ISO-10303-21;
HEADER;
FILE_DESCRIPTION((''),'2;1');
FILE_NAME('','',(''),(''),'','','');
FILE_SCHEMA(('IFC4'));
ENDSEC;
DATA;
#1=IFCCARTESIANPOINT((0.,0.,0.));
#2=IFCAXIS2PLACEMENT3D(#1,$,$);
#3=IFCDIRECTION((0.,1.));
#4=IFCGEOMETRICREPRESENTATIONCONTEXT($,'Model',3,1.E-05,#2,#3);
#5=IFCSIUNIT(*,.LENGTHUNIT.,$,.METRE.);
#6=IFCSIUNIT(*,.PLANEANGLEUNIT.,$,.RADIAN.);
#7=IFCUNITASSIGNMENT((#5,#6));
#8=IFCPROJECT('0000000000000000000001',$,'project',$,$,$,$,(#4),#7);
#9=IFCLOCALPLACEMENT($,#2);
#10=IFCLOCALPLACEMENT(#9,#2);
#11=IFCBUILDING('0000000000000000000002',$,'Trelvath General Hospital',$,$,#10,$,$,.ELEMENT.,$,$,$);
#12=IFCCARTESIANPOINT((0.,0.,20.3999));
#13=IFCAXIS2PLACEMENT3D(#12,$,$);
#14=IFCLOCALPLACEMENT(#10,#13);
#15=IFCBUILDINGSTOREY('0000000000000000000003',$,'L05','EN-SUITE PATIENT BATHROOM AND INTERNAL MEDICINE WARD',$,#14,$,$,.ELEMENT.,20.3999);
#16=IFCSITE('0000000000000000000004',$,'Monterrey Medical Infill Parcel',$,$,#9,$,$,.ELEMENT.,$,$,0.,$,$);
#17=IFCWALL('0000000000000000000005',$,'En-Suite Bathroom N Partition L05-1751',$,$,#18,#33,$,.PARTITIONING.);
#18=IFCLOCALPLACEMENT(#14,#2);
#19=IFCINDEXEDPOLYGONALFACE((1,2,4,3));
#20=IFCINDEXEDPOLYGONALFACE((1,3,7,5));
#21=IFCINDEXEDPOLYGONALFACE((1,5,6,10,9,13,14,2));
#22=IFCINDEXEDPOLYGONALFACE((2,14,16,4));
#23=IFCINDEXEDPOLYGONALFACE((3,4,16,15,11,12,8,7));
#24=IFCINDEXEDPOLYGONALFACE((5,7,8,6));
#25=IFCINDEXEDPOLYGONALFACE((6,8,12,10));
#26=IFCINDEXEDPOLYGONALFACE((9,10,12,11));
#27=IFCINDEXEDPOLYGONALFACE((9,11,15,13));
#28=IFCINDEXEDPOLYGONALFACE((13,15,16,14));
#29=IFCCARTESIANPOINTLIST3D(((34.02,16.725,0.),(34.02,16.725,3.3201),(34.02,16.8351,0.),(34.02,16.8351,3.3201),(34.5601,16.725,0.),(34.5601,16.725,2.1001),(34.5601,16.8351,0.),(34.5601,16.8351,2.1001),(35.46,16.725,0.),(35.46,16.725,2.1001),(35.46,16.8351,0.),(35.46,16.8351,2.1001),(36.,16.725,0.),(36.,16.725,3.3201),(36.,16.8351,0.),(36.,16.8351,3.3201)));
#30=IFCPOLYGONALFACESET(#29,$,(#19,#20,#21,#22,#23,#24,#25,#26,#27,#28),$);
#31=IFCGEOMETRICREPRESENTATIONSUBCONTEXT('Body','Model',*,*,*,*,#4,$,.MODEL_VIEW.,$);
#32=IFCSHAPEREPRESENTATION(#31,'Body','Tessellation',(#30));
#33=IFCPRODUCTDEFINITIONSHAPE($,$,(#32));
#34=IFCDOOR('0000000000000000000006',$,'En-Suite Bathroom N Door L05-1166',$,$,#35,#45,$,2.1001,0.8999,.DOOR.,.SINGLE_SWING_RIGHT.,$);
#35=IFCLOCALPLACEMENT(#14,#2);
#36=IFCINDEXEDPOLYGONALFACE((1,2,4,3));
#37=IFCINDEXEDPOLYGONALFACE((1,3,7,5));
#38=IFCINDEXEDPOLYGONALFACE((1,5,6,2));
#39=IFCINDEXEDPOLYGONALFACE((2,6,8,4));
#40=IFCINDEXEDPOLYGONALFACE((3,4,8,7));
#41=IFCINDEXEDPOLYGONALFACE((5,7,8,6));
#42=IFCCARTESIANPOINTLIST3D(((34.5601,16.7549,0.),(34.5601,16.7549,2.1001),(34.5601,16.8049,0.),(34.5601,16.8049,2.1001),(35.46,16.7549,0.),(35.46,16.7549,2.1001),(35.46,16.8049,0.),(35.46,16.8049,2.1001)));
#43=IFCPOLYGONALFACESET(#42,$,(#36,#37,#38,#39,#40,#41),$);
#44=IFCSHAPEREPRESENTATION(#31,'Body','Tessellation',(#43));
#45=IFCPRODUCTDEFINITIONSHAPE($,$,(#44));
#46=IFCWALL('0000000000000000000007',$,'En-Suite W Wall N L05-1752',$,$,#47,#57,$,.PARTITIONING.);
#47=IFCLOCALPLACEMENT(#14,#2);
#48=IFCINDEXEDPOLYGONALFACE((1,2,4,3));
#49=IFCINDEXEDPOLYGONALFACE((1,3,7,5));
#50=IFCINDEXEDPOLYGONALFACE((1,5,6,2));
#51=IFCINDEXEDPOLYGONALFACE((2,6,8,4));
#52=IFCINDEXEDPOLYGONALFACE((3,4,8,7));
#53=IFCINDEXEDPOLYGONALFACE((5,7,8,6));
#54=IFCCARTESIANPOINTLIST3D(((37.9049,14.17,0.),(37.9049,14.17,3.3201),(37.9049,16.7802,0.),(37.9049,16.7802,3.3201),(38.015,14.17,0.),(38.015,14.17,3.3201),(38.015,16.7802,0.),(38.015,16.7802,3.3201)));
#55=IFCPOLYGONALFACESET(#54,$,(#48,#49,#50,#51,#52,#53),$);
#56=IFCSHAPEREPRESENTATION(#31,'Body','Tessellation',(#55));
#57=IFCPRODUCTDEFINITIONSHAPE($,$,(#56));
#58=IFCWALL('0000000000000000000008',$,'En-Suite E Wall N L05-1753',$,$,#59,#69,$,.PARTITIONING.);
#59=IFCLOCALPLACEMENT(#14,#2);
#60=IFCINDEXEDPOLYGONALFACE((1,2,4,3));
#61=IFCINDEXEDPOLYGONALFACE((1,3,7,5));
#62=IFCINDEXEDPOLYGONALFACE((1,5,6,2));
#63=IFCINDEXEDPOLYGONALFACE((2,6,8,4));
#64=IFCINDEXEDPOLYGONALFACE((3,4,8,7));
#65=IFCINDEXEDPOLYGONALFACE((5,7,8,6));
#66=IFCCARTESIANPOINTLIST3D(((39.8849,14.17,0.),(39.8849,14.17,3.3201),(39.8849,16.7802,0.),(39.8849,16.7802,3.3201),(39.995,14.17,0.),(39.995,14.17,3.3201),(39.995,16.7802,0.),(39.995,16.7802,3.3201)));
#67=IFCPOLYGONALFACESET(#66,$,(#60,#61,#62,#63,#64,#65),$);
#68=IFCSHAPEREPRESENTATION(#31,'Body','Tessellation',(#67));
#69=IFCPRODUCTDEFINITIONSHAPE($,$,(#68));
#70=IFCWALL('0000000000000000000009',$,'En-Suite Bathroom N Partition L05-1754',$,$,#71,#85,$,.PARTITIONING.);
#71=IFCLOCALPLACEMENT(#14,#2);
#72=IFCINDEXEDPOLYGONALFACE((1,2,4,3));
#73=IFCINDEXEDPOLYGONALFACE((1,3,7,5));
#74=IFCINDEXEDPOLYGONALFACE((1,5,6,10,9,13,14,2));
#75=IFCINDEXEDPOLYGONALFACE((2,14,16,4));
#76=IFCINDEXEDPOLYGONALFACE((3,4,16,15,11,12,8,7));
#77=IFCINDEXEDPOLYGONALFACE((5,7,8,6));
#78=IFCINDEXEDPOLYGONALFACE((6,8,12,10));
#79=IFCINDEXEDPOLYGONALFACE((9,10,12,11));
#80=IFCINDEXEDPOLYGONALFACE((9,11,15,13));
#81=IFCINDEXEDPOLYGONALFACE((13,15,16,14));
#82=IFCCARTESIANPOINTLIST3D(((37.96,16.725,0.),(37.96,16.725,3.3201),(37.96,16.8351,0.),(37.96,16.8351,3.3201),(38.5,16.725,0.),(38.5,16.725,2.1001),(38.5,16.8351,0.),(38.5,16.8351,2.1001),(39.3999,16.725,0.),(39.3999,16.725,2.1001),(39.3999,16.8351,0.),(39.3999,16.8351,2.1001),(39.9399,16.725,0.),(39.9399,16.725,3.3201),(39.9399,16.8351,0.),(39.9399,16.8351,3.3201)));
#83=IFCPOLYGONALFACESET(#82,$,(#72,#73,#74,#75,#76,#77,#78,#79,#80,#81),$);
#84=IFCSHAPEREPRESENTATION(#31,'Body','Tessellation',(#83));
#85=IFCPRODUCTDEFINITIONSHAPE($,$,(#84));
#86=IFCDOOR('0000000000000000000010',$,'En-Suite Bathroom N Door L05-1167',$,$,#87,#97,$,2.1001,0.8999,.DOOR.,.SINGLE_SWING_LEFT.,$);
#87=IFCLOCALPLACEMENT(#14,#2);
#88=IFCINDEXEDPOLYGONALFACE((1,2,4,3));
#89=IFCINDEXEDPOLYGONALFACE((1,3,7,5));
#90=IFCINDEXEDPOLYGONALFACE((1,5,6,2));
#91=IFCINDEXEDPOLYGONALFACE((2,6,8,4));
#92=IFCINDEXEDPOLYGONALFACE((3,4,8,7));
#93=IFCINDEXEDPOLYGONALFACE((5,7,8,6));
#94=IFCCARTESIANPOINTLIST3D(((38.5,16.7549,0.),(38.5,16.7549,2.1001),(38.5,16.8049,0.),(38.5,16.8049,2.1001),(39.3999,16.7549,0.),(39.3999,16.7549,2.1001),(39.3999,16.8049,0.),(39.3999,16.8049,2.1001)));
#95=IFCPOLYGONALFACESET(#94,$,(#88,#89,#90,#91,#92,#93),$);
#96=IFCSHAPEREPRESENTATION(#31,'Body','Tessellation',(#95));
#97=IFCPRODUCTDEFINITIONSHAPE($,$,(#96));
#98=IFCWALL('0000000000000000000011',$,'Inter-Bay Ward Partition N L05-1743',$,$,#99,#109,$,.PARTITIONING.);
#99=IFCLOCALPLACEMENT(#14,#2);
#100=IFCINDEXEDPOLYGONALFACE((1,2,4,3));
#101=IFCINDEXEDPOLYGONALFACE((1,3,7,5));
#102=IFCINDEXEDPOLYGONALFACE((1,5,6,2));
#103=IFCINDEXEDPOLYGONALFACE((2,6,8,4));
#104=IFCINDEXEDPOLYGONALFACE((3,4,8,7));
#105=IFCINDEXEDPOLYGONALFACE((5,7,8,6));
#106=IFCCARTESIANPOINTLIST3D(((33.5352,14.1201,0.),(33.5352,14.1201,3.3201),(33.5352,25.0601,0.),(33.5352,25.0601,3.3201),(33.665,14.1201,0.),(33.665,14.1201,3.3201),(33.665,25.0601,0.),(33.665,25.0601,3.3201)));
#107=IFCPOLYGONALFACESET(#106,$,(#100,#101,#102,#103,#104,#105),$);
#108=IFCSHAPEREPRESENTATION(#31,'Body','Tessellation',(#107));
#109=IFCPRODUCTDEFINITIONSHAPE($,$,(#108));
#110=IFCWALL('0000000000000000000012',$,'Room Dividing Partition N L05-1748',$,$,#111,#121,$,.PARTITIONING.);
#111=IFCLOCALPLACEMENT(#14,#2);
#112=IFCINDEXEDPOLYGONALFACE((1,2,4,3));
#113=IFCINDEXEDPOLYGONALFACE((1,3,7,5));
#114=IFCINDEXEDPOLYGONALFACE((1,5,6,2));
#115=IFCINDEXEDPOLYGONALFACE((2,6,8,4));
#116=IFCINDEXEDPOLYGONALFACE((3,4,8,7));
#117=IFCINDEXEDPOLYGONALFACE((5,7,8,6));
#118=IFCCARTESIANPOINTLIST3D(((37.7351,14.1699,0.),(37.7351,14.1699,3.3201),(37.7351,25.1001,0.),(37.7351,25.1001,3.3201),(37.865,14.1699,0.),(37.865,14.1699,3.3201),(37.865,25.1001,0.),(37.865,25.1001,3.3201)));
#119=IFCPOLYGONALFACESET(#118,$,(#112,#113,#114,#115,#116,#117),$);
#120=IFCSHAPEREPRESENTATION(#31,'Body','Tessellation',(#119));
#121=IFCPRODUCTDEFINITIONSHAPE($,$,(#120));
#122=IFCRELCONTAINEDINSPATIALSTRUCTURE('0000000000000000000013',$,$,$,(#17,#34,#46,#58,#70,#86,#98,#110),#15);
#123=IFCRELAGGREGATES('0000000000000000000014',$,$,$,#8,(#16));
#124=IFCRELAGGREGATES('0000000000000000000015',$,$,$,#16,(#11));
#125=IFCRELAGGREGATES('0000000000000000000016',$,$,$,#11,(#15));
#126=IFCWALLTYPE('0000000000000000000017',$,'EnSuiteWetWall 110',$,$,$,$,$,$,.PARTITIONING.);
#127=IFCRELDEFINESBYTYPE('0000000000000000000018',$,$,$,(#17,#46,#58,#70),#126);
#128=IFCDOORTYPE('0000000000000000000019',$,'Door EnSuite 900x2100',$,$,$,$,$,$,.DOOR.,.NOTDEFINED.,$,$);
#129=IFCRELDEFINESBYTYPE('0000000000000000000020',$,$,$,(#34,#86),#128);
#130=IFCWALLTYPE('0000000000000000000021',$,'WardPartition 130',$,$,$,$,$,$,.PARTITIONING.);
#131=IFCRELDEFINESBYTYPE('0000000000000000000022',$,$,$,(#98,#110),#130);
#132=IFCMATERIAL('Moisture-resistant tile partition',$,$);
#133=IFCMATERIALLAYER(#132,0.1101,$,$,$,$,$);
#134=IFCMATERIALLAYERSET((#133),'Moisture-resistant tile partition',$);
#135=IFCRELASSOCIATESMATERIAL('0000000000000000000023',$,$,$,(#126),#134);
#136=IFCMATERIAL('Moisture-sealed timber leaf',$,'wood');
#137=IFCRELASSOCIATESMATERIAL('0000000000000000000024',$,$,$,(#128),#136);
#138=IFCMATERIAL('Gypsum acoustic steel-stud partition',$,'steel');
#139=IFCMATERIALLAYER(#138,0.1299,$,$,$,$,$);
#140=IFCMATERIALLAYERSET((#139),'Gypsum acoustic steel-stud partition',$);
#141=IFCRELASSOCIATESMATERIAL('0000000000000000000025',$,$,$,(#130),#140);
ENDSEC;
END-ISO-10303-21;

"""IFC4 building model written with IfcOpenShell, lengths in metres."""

from ifc_helpers import new_model, si_unit, direction, frame, frame_2d, origin, place, context, subcontext, project, spatial, rectangle, extrude, material, layer, layer_set, type_object, element, fill, save


model = new_model("IFC4")

# Units and contexts
model_context = context("Model", 3, precision=1e-05, world=origin(), true_north=direction((0.0, 1.0)))
body_context = subcontext(model_context, "Body", "Model", "MODEL_VIEW")
ifc_project = project(units=[si_unit("LENGTHUNIT", "METRE"), si_unit("PLANEANGLEUNIT", "RADIAN")], contexts=[model_context])

# Site, building, storey
site_placement = place(None, origin())
site = spatial("IfcSite", under=ifc_project, at=site_placement, Name="Monterrey Medical Infill Parcel", CompositionType="ELEMENT", RefElevation=0.0)
building_placement = place(site_placement, origin())
building = spatial("IfcBuilding", under=site, at=building_placement, Name="Trelvath General Hospital", CompositionType="ELEMENT")
storey_placement = place(building_placement, frame((0.0, 0.0, 20.3999)))
storey = spatial("IfcBuildingStorey", under=building, at=storey_placement, Name="L05", Description="EN-SUITE PATIENT BATHROOM AND INTERNAL MEDICINE WARD", CompositionType="ELEMENT", Elevation=20.3999)

# Shared definitions
ifc_material_1 = material(Name="Moisture-resistant tile partition")
ifc_layer_1 = layer(ifc_material_1, 0.1101)
ifc_layer_set_1 = layer_set([ifc_layer_1], Name="Moisture-resistant tile partition")
wall_type_1 = type_object("IfcWallType", Name="EnSuiteWetWall 110", PredefinedType="PARTITIONING", material=ifc_layer_set_1)

# Wall, opening, door
wall_1_placement = place(storey_placement, frame((34.02, 16.78, 0.0), z_axis=(0.0, 0.0, 1.0), x_axis=(1.0, 0.0, 0.0)))
wall_1 = element("IfcWall", 1, at=wall_1_placement, inside=storey, type_object=wall_type_1, Name="En-Suite Bathroom N Partition L05-1751", PredefinedType="PARTITIONING", context=body_context, shape_type="SweptSolid", body=[
    extrude(rectangle(XDim=1.98, YDim=0.1101, at=frame_2d((0.99, 0.0))), origin(), (0.0, 0.0, 1.0), 3.3201),
])
opening_1_placement = place(wall_1_placement, frame((0.54, 0.0, 0.0)))
opening_1 = element("IfcOpeningElement", 2, at=opening_1_placement, cuts=wall_1, PredefinedType="OPENING", context=body_context, shape_type="SweptSolid", body=[
    extrude(rectangle(XDim=0.8999, YDim=2.1001, at=frame_2d((0.45, 1.05))), frame((0.0, 0.0649, 0.0), z_axis=(0.0, -1.0, 0.0), x_axis=(1.0, 0.0, 0.0)), (0.0, 0.0, 1.0), 0.1301),
])
ifc_material_2 = material(Name="Moisture-sealed timber leaf", Category="wood")
door_type_1 = type_object("IfcDoorType", Name="Door EnSuite 900x2100", OperationType="NOTDEFINED", PredefinedType="DOOR", material=ifc_material_2)
door_1_placement = place(opening_1_placement, origin())
door_1 = element("IfcDoor", 3, at=door_1_placement, inside=storey, type_object=door_type_1, Name="En-Suite Bathroom N Door L05-1166", OperationType="SINGLE_SWING_RIGHT", OverallHeight=2.1001, OverallWidth=0.8999, PredefinedType="DOOR", context=body_context, shape_type="SweptSolid", body=[
    extrude(rectangle(XDim=0.8999, YDim=2.1001, at=frame_2d((0.45, 1.05))), frame((0.0, 0.0249, 0.0), z_axis=(0.0, -1.0, 0.0), x_axis=(1.0, 0.0, 0.0)), (0.0, 0.0, 1.0), 0.05),
])
fill(opening_1, door_1)

# Walls
for number, where, z_axis, x_axis, name in (
    (4, (37.96, 14.1699, 0.0), (0.0, 0.0, 1.0), (0.0, 1.0, 0.0), "En-Suite W Wall N L05-1752"),
    (5, (39.9399, 14.1699, 0.0), (0.0, 0.0, 1.0), (0.0, 1.0, 0.0), "En-Suite E Wall N L05-1753"),
):
    element("IfcWall", number, at=place(storey_placement, frame(where, z_axis=z_axis, x_axis=x_axis)), inside=storey, type_object=wall_type_1, Name=name, PredefinedType="PARTITIONING", context=body_context, shape_type="SweptSolid", body=[
        extrude(rectangle(XDim=2.6101, YDim=0.1101, at=frame_2d((1.3052, 0.0))), origin(), (0.0, 0.0, 1.0), 3.3201),
    ])

# Wall, opening, door
wall_2_placement = place(storey_placement, frame((37.96, 16.78, 0.0), z_axis=(0.0, 0.0, 1.0), x_axis=(1.0, 0.0, 0.0)))
wall_2 = element("IfcWall", 6, at=wall_2_placement, inside=storey, type_object=wall_type_1, Name="En-Suite Bathroom N Partition L05-1754", PredefinedType="PARTITIONING", context=body_context, shape_type="SweptSolid", body=[
    extrude(rectangle(XDim=1.98, YDim=0.1101, at=frame_2d((0.99, 0.0))), origin(), (0.0, 0.0, 1.0), 3.3201),
])
opening_2_placement = place(wall_2_placement, frame((0.54, 0.0, 0.0)))
opening_2 = element("IfcOpeningElement", 7, at=opening_2_placement, cuts=wall_2, PredefinedType="OPENING", context=body_context, shape_type="SweptSolid", body=[
    extrude(rectangle(XDim=0.8999, YDim=2.1001, at=frame_2d((0.45, 1.05))), frame((0.0, 0.0649, 0.0), z_axis=(0.0, -1.0, 0.0), x_axis=(1.0, 0.0, 0.0)), (0.0, 0.0, 1.0), 0.1301),
])
door_2_placement = place(opening_2_placement, origin())
door_2 = element("IfcDoor", 8, at=door_2_placement, inside=storey, type_object=door_type_1, Name="En-Suite Bathroom N Door L05-1167", OperationType="SINGLE_SWING_LEFT", OverallHeight=2.1001, OverallWidth=0.8999, PredefinedType="DOOR", context=body_context, shape_type="SweptSolid", body=[
    extrude(rectangle(XDim=0.8999, YDim=2.1001, at=frame_2d((0.45, 1.05))), frame((0.0, 0.0249, 0.0), z_axis=(0.0, -1.0, 0.0), x_axis=(1.0, 0.0, 0.0)), (0.0, 0.0, 1.0), 0.05),
])
fill(opening_2, door_2)

# Walls
ifc_material_3 = material(Name="Gypsum acoustic steel-stud partition", Category="steel")
ifc_layer_2 = layer(ifc_material_3, 0.1299)
ifc_layer_set_2 = layer_set([ifc_layer_2], Name="Gypsum acoustic steel-stud partition")
wall_type_2 = type_object("IfcWallType", Name="WardPartition 130", PredefinedType="PARTITIONING", material=ifc_layer_set_2)
wall_3_placement = place(storey_placement, frame((33.6001, 14.1201, 0.0), z_axis=(0.0, 0.0, 1.0), x_axis=(0.0, 1.0, 0.0)))
element("IfcWall", 9, at=wall_3_placement, inside=storey, type_object=wall_type_2, Name="Inter-Bay Ward Partition N L05-1743", PredefinedType="PARTITIONING", context=body_context, shape_type="SweptSolid", body=[
    extrude(rectangle(XDim=10.9399, YDim=0.1299, at=frame_2d((5.47, 0.0))), origin(), (0.0, 0.0, 1.0), 3.3201),
])
wall_4_placement = place(storey_placement, frame((37.8, 14.1699, 0.0), z_axis=(0.0, 0.0, 1.0), x_axis=(0.0, 1.0, 0.0)))
element("IfcWall", 10, at=wall_4_placement, inside=storey, type_object=wall_type_2, Name="Room Dividing Partition N L05-1748", PredefinedType="PARTITIONING", context=body_context, shape_type="SweptSolid", body=[
    extrude(rectangle(XDim=10.9302, YDim=0.1299, at=frame_2d((5.4651, 0.0))), origin(), (0.0, 0.0, 1.0), 3.3201),
])

save(model, "model.ifc")
